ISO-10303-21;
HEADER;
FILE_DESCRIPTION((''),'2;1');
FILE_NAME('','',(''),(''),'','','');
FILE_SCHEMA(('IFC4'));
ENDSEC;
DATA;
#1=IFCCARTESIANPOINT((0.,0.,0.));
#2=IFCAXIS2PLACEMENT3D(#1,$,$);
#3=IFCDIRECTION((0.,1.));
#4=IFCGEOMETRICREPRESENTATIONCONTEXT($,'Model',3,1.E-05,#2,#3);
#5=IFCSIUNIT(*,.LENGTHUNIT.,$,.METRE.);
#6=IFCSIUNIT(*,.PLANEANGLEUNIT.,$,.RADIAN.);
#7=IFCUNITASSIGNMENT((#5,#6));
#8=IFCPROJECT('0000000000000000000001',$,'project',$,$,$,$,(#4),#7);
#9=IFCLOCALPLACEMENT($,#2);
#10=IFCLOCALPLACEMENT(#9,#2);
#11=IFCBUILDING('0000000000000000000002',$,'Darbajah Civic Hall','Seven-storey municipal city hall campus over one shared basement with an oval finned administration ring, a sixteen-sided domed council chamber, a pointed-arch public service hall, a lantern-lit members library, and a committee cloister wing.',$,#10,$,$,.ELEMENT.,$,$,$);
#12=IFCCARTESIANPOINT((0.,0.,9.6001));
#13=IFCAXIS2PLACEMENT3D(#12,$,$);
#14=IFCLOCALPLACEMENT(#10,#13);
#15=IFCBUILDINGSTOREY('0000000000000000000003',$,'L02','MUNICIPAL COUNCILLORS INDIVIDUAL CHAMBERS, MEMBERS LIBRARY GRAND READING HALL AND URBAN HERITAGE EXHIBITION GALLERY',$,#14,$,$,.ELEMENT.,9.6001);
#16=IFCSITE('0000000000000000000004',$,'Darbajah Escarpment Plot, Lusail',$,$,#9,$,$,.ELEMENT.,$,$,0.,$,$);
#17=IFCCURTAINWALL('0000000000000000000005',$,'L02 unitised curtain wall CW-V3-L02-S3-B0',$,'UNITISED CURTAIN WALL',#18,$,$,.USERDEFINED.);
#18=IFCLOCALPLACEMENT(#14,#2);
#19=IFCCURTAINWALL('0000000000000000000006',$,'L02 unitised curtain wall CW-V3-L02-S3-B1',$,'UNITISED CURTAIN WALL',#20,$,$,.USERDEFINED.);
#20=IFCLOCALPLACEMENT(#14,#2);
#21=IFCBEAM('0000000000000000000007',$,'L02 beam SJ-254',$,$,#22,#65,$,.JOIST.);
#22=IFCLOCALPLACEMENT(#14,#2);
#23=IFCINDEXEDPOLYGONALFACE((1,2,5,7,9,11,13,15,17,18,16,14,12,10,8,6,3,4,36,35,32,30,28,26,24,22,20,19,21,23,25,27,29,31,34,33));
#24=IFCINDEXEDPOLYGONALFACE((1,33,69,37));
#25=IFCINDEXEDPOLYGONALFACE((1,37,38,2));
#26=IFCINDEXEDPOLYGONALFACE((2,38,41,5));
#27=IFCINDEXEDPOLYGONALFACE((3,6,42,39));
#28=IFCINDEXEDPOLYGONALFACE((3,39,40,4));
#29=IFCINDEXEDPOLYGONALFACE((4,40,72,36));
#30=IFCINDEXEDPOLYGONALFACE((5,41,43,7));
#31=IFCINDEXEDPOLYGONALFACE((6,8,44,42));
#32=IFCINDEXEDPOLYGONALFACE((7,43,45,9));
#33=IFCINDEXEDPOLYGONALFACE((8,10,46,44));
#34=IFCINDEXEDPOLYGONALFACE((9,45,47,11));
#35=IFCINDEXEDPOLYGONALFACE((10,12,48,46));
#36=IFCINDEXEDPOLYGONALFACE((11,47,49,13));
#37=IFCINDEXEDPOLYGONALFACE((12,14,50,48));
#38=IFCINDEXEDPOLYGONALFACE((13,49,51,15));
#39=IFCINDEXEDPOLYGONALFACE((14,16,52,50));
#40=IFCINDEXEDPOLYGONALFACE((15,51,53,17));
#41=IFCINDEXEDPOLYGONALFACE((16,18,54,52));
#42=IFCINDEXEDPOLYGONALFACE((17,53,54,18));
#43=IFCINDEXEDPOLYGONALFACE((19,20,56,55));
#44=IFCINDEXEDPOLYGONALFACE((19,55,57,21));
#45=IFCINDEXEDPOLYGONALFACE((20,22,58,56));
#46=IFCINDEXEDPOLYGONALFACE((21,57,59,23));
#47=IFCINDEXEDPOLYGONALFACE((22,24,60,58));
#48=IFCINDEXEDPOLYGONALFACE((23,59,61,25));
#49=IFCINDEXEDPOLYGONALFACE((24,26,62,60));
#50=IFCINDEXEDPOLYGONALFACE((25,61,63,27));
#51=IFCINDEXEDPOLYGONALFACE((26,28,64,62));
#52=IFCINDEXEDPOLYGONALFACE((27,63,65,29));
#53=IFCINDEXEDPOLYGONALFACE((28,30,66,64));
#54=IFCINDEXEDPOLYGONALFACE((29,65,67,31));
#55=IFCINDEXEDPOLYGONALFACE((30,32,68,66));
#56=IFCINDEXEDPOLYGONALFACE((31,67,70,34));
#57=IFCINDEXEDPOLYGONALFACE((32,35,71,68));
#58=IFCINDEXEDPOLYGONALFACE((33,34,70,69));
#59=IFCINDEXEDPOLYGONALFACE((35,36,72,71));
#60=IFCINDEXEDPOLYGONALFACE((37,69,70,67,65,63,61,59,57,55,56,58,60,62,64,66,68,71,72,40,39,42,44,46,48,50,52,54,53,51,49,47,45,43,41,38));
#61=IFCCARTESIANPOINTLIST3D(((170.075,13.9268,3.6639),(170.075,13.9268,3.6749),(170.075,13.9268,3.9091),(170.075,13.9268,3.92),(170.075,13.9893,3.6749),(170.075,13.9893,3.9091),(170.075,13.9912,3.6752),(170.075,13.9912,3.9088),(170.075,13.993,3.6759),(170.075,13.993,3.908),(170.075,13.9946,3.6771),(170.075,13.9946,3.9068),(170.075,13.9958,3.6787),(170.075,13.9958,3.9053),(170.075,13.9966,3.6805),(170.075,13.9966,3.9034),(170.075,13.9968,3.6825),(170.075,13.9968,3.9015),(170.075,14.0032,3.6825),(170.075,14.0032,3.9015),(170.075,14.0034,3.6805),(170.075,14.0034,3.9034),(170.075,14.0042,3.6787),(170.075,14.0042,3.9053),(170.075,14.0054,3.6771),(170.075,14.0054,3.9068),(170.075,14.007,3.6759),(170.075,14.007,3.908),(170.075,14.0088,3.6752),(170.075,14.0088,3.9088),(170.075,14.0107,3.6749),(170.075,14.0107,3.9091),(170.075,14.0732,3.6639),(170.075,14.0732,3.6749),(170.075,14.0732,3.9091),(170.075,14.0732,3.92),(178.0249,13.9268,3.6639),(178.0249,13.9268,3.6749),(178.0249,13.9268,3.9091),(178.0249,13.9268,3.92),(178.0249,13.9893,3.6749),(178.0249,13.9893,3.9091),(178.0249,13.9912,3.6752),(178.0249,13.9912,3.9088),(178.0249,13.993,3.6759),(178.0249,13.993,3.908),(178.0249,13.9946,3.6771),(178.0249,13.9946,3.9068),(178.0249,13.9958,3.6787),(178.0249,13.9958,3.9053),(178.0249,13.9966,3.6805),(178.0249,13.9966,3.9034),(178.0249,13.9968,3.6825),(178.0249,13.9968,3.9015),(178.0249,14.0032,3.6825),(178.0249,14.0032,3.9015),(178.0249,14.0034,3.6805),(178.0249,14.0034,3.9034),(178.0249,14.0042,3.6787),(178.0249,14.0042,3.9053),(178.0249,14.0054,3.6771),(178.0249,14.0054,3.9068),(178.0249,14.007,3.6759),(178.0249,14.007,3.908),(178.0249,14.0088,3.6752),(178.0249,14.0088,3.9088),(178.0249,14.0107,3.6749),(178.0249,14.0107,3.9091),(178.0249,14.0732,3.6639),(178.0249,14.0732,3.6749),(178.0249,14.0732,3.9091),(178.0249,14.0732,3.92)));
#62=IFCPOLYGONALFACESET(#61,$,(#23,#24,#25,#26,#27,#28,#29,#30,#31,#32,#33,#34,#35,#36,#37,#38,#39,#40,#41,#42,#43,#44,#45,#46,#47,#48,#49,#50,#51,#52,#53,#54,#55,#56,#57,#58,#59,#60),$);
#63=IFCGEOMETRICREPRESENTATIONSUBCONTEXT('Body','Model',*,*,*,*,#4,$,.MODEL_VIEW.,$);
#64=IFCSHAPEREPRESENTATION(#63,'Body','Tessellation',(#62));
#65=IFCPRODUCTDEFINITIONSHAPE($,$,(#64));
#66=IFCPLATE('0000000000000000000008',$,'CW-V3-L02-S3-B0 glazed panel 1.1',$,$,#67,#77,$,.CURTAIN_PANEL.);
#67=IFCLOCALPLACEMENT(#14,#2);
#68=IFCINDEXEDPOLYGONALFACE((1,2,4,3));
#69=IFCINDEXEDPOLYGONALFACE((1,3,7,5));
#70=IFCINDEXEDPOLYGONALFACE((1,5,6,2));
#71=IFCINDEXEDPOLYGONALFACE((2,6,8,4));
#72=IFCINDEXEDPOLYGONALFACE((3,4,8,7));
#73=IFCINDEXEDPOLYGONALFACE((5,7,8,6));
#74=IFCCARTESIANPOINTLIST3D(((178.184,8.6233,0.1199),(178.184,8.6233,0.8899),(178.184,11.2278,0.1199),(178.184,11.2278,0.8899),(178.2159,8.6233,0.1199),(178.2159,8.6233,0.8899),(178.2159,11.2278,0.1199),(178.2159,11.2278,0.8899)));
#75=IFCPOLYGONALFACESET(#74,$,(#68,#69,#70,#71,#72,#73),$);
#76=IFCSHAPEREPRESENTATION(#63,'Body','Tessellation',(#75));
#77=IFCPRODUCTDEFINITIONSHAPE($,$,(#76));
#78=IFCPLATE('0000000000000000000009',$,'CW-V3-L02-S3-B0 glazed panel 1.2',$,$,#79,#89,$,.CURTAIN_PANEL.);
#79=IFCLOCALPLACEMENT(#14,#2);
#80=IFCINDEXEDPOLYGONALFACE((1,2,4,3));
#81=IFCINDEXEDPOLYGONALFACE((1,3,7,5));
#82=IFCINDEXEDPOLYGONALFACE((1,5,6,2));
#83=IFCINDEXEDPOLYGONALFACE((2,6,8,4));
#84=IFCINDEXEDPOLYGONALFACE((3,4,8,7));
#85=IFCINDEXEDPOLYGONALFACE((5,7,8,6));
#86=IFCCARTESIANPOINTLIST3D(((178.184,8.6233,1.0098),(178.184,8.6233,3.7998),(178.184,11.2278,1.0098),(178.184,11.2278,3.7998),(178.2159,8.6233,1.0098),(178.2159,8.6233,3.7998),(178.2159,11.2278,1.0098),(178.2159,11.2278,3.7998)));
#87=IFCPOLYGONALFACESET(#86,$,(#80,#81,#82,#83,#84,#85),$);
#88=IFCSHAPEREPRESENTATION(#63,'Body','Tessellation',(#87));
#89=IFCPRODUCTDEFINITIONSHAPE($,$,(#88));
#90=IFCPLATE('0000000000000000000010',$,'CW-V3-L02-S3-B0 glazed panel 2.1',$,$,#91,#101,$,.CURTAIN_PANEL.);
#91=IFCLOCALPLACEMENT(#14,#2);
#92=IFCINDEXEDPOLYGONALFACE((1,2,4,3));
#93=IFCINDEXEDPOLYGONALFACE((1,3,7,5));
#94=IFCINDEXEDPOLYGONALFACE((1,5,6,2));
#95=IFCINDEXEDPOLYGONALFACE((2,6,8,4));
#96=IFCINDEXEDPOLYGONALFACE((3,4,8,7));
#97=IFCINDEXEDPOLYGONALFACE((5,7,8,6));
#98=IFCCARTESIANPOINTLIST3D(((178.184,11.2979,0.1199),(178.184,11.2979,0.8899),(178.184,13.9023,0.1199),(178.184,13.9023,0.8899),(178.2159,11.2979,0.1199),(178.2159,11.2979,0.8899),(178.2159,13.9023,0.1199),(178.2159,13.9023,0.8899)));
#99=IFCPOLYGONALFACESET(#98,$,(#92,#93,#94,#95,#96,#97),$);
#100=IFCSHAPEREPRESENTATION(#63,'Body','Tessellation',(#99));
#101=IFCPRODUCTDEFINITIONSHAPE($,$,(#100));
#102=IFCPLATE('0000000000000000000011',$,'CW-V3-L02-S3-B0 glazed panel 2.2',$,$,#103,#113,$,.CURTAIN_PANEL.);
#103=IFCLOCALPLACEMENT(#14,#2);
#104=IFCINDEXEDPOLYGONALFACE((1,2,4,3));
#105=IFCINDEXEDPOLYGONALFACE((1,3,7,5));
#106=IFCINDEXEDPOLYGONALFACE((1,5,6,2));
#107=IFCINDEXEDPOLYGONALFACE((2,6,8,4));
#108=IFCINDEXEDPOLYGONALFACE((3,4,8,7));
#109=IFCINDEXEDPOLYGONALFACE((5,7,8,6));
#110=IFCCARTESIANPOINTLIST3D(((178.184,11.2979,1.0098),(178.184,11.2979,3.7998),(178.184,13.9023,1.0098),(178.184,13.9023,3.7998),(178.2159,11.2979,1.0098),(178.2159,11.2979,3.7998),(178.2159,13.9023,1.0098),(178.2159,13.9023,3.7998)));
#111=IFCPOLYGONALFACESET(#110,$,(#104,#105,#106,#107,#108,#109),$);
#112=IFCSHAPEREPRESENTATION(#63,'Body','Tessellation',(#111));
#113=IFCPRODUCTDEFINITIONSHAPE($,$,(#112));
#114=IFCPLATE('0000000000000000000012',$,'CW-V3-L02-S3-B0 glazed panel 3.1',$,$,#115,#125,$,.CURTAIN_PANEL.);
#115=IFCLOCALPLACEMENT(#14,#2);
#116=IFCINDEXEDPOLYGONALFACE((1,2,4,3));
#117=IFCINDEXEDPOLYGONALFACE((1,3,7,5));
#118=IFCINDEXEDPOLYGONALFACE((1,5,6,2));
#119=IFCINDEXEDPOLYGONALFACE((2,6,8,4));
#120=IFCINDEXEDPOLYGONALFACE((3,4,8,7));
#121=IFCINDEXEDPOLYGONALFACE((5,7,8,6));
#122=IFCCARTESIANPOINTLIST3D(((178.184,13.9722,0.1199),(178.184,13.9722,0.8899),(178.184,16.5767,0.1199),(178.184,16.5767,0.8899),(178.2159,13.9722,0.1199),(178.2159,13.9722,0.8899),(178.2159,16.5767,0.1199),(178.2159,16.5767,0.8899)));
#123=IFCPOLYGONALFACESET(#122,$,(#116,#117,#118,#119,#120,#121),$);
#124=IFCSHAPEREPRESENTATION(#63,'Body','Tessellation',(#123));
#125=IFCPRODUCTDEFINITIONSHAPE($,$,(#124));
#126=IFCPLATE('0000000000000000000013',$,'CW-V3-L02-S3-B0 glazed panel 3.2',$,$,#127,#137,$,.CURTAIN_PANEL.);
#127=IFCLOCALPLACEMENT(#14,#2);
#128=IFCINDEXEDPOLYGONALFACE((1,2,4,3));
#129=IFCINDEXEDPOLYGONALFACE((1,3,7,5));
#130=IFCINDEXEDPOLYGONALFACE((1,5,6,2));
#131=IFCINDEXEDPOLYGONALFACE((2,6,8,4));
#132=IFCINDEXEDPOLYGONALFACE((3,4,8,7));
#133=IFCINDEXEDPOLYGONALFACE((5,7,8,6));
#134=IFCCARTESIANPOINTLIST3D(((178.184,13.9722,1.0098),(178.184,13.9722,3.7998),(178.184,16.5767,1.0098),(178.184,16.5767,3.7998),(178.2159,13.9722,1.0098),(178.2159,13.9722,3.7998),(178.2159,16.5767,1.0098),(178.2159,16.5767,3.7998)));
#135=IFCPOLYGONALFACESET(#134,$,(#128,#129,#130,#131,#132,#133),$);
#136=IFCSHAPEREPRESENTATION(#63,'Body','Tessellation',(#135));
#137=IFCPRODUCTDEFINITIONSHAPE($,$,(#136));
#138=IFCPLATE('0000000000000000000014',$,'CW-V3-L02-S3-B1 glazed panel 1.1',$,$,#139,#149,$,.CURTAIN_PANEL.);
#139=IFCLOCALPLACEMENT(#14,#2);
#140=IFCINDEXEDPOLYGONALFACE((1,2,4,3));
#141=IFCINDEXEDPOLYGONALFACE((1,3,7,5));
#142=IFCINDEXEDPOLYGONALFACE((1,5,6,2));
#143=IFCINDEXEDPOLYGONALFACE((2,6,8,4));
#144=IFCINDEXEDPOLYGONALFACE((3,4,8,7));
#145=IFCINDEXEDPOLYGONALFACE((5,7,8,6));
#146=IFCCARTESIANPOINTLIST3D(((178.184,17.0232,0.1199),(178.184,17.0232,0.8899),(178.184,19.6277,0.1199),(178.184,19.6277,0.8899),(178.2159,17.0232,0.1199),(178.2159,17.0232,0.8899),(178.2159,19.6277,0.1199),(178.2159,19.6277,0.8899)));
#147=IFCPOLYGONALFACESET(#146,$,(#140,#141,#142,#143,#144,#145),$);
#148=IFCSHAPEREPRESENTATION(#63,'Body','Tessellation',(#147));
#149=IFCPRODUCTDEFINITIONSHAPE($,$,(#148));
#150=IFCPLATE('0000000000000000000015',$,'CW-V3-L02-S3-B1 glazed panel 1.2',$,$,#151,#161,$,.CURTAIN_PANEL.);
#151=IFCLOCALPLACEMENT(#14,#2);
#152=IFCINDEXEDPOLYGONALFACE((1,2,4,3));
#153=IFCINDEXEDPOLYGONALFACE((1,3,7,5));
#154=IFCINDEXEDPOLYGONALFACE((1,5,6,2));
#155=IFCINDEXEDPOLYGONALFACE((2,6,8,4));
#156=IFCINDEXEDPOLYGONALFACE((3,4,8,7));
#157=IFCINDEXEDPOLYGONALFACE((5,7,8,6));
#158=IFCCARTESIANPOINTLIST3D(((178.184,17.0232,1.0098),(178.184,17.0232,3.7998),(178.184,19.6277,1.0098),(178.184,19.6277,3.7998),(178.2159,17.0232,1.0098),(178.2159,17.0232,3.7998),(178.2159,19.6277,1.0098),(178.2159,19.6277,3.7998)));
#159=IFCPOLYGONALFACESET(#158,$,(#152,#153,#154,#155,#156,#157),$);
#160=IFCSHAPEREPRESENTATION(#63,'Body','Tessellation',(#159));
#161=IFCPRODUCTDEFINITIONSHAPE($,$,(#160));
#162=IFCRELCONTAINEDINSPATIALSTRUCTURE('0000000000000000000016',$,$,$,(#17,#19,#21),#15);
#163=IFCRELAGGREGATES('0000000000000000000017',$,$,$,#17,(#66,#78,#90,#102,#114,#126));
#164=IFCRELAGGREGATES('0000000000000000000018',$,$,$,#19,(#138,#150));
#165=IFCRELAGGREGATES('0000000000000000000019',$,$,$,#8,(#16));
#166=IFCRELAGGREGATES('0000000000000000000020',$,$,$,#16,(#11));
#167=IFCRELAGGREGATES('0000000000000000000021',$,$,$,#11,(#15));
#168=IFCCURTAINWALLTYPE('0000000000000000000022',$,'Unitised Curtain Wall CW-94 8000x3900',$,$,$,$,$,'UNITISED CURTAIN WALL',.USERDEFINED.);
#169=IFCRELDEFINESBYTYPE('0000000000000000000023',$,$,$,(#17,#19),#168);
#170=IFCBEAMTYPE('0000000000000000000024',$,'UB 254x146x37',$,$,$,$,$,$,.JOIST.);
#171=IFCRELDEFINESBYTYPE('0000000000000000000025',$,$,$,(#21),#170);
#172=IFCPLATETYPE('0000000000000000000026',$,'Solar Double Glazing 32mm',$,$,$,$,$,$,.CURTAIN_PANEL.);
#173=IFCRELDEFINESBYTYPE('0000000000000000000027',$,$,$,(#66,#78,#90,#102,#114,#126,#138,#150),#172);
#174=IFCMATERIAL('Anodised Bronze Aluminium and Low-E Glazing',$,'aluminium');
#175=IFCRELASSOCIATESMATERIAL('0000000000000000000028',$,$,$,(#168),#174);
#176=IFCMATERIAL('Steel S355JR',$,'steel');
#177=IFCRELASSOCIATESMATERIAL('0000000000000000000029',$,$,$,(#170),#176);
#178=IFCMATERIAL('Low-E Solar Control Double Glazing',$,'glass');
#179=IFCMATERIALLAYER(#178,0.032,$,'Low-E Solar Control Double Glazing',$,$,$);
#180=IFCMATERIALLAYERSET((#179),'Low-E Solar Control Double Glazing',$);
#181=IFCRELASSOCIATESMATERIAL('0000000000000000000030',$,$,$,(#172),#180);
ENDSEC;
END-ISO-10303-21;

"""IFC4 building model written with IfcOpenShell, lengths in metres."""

from ifc_helpers import new_model, si_unit, direction, frame, origin, origin_2d, place, context, subcontext, project, spatial, rectangle, i_section, extrude, material, layer, layer_set, material_profile, profile_set, type_object, element, aggregate, save


model = new_model("IFC4")

# Units and contexts
model_context = context("Model", 3, precision=1e-05, world=origin(), true_north=direction((0.0, 1.0)))
body_context = subcontext(model_context, "Body", "Model", "MODEL_VIEW")
ifc_project = project(units=[si_unit("LENGTHUNIT", "METRE"), si_unit("PLANEANGLEUNIT", "RADIAN")], contexts=[model_context])

# Site, building, storey
site_placement = place(None, origin())
site = spatial("IfcSite", under=ifc_project, at=site_placement, Name="Darbajah Escarpment Plot, Lusail", CompositionType="ELEMENT", RefElevation=0.0)
building_placement = place(site_placement, origin())
building = spatial("IfcBuilding", under=site, at=building_placement, Name="Darbajah Civic Hall", Description="Seven-storey municipal city hall campus over one shared basement with an oval finned administration ring, a sixteen-sided domed council chamber, a pointed-arch public service hall, a lantern-lit members library, and a committee cloister wing.", CompositionType="ELEMENT")
storey_placement = place(building_placement, frame((0.0, 0.0, 9.6001)))
storey = spatial("IfcBuildingStorey", under=building, at=storey_placement, Name="L02", Description="MUNICIPAL COUNCILLORS INDIVIDUAL CHAMBERS, MEMBERS LIBRARY GRAND READING HALL AND URBAN HERITAGE EXHIBITION GALLERY", CompositionType="ELEMENT", Elevation=9.6001)

# Shared definitions
ifc_material_1 = material(Name="Steel S355JR", Category="steel")

# Curtain wall
ifc_material_2 = material(Name="Anodised Bronze Aluminium and Low-E Glazing", Category="aluminium")
curtain_wall_type = type_object("IfcCurtainWallType", Name="Unitised Curtain Wall CW-94 8000x3900", ElementType="UNITISED CURTAIN WALL", PredefinedType="USERDEFINED", material=ifc_material_2)
curtain_wall_1_placement = place(storey_placement, origin())
curtain_wall_1 = element("IfcCurtainWall", 1, at=curtain_wall_1_placement, inside=storey, type_object=curtain_wall_type, Name="L02 unitised curtain wall CW-V3-L02-S3-B0", ObjectType="UNITISED CURTAIN WALL", PredefinedType="USERDEFINED")

# Curtain wall
curtain_wall_2_placement = place(storey_placement, origin())
curtain_wall_2 = element("IfcCurtainWall", 2, at=curtain_wall_2_placement, inside=storey, type_object=curtain_wall_type, Name="L02 unitised curtain wall CW-V3-L02-S3-B1", ObjectType="UNITISED CURTAIN WALL", PredefinedType="USERDEFINED")

# Beam
ifc_material_profile_1 = material_profile(ifc_material_1, i_section(OverallWidth=0.1465, OverallDepth=0.2561, WebThickness=0.0063, FlangeThickness=0.011, FilletRadius=0.0076, at=origin_2d()), Name="UB 254x146x37")
ifc_profile_set_1 = profile_set([ifc_material_profile_1], Name="Steel S355JR")
beam_type_1 = type_object("IfcBeamType", Name="UB 254x146x37", PredefinedType="JOIST", material=ifc_profile_set_1)
for number, where, z_axis, x_axis, name in (
    (3, (170.075, 14.0, 3.792), (1.0, 0.0, 0.0), (0.0, 1.0, 0.0), "L02 beam SJ-254"),
):
    element("IfcBeam", number, at=place(storey_placement, frame(where, z_axis=z_axis, x_axis=x_axis)), inside=storey, type_object=beam_type_1, Name=name, PredefinedType="JOIST", context=body_context, shape_type="SweptSolid", body=[
        extrude(i_section(OverallWidth=0.1465, OverallDepth=0.2561, WebThickness=0.0063, FlangeThickness=0.011, FilletRadius=0.0076, at=origin_2d()), origin(), (0.0, 0.0, 1.0), 7.95),
    ])

# Plates
ifc_material_3 = material(Name="Low-E Solar Control Double Glazing", Category="glass")
ifc_layer_1 = layer(ifc_material_3, 0.032, Name="Low-E Solar Control Double Glazing")
ifc_layer_set_1 = layer_set([ifc_layer_1], Name="Low-E Solar Control Double Glazing")
plate_type = type_object("IfcPlateType", Name="Solar Double Glazing 32mm", PredefinedType="CURTAIN_PANEL", material=ifc_layer_set_1)
plate_1_placement = place(storey_placement, frame((178.2, 9.9255, 0.1199), z_axis=(0.0, 0.0, 1.0), x_axis=(0.0, 1.0, 0.0)))
plate_1 = element("IfcPlate", 4, at=plate_1_placement, type_object=plate_type, Name="CW-V3-L02-S3-B0 glazed panel 1.1", PredefinedType="CURTAIN_PANEL", context=body_context, shape_type="SweptSolid", body=[
    extrude(rectangle(XDim=2.6045, YDim=0.032, at=origin_2d()), origin(), (0.0, 0.0, 1.0), 0.77),
])
plate_2_placement = place(storey_placement, frame((178.2, 9.9255, 1.0098), z_axis=(0.0, 0.0, 1.0), x_axis=(0.0, 1.0, 0.0)))
plate_2 = element("IfcPlate", 5, at=plate_2_placement, type_object=plate_type, Name="CW-V3-L02-S3-B0 glazed panel 1.2", PredefinedType="CURTAIN_PANEL", context=body_context, shape_type="SweptSolid", body=[
    extrude(rectangle(XDim=2.6045, YDim=0.032, at=origin_2d()), origin(), (0.0, 0.0, 1.0), 2.79),
])
plate_3_placement = place(storey_placement, frame((178.2, 12.6001, 0.1199), z_axis=(0.0, 0.0, 1.0), x_axis=(0.0, 1.0, 0.0)))
plate_3 = element("IfcPlate", 6, at=plate_3_placement, type_object=plate_type, Name="CW-V3-L02-S3-B0 glazed panel 2.1", PredefinedType="CURTAIN_PANEL", context=body_context, shape_type="SweptSolid", body=[
    extrude(rectangle(XDim=2.6045, YDim=0.032, at=origin_2d()), origin(), (0.0, 0.0, 1.0), 0.77),
])
plate_4_placement = place(storey_placement, frame((178.2, 12.6001, 1.0098), z_axis=(0.0, 0.0, 1.0), x_axis=(0.0, 1.0, 0.0)))
plate_4 = element("IfcPlate", 7, at=plate_4_placement, type_object=plate_type, Name="CW-V3-L02-S3-B0 glazed panel 2.2", PredefinedType="CURTAIN_PANEL", context=body_context, shape_type="SweptSolid", body=[
    extrude(rectangle(XDim=2.6045, YDim=0.032, at=origin_2d()), origin(), (0.0, 0.0, 1.0), 2.79),
])
plate_5_placement = place(storey_placement, frame((178.2, 15.2744, 0.1199), z_axis=(0.0, 0.0, 1.0), x_axis=(0.0, 1.0, 0.0)))
plate_5 = element("IfcPlate", 8, at=plate_5_placement, type_object=plate_type, Name="CW-V3-L02-S3-B0 glazed panel 3.1", PredefinedType="CURTAIN_PANEL", context=body_context, shape_type="SweptSolid", body=[
    extrude(rectangle(XDim=2.6045, YDim=0.032, at=origin_2d()), origin(), (0.0, 0.0, 1.0), 0.77),
])
plate_6_placement = place(storey_placement, frame((178.2, 15.2744, 1.0098), z_axis=(0.0, 0.0, 1.0), x_axis=(0.0, 1.0, 0.0)))
plate_6 = element("IfcPlate", 9, at=plate_6_placement, type_object=plate_type, Name="CW-V3-L02-S3-B0 glazed panel 3.2", PredefinedType="CURTAIN_PANEL", context=body_context, shape_type="SweptSolid", body=[
    extrude(rectangle(XDim=2.6045, YDim=0.032, at=origin_2d()), origin(), (0.0, 0.0, 1.0), 2.79),
])
aggregate(curtain_wall_1, [plate_1, plate_2, plate_3, plate_4, plate_5, plate_6])
plate_7_placement = place(storey_placement, frame((178.2, 18.3254, 0.1199), z_axis=(0.0, 0.0, 1.0), x_axis=(0.0, 1.0, 0.0)))
plate_7 = element("IfcPlate", 10, at=plate_7_placement, type_object=plate_type, Name="CW-V3-L02-S3-B1 glazed panel 1.1", PredefinedType="CURTAIN_PANEL", context=body_context, shape_type="SweptSolid", body=[
    extrude(rectangle(XDim=2.6045, YDim=0.032, at=origin_2d()), origin(), (0.0, 0.0, 1.0), 0.77),
])
plate_8_placement = place(storey_placement, frame((178.2, 18.3254, 1.0098), z_axis=(0.0, 0.0, 1.0), x_axis=(0.0, 1.0, 0.0)))
plate_8 = element("IfcPlate", 11, at=plate_8_placement, type_object=plate_type, Name="CW-V3-L02-S3-B1 glazed panel 1.2", PredefinedType="CURTAIN_PANEL", context=body_context, shape_type="SweptSolid", body=[
    extrude(rectangle(XDim=2.6045, YDim=0.032, at=origin_2d()), origin(), (0.0, 0.0, 1.0), 2.79),
])
aggregate(curtain_wall_2, [plate_7, plate_8])

save(model, "model.ifc")
